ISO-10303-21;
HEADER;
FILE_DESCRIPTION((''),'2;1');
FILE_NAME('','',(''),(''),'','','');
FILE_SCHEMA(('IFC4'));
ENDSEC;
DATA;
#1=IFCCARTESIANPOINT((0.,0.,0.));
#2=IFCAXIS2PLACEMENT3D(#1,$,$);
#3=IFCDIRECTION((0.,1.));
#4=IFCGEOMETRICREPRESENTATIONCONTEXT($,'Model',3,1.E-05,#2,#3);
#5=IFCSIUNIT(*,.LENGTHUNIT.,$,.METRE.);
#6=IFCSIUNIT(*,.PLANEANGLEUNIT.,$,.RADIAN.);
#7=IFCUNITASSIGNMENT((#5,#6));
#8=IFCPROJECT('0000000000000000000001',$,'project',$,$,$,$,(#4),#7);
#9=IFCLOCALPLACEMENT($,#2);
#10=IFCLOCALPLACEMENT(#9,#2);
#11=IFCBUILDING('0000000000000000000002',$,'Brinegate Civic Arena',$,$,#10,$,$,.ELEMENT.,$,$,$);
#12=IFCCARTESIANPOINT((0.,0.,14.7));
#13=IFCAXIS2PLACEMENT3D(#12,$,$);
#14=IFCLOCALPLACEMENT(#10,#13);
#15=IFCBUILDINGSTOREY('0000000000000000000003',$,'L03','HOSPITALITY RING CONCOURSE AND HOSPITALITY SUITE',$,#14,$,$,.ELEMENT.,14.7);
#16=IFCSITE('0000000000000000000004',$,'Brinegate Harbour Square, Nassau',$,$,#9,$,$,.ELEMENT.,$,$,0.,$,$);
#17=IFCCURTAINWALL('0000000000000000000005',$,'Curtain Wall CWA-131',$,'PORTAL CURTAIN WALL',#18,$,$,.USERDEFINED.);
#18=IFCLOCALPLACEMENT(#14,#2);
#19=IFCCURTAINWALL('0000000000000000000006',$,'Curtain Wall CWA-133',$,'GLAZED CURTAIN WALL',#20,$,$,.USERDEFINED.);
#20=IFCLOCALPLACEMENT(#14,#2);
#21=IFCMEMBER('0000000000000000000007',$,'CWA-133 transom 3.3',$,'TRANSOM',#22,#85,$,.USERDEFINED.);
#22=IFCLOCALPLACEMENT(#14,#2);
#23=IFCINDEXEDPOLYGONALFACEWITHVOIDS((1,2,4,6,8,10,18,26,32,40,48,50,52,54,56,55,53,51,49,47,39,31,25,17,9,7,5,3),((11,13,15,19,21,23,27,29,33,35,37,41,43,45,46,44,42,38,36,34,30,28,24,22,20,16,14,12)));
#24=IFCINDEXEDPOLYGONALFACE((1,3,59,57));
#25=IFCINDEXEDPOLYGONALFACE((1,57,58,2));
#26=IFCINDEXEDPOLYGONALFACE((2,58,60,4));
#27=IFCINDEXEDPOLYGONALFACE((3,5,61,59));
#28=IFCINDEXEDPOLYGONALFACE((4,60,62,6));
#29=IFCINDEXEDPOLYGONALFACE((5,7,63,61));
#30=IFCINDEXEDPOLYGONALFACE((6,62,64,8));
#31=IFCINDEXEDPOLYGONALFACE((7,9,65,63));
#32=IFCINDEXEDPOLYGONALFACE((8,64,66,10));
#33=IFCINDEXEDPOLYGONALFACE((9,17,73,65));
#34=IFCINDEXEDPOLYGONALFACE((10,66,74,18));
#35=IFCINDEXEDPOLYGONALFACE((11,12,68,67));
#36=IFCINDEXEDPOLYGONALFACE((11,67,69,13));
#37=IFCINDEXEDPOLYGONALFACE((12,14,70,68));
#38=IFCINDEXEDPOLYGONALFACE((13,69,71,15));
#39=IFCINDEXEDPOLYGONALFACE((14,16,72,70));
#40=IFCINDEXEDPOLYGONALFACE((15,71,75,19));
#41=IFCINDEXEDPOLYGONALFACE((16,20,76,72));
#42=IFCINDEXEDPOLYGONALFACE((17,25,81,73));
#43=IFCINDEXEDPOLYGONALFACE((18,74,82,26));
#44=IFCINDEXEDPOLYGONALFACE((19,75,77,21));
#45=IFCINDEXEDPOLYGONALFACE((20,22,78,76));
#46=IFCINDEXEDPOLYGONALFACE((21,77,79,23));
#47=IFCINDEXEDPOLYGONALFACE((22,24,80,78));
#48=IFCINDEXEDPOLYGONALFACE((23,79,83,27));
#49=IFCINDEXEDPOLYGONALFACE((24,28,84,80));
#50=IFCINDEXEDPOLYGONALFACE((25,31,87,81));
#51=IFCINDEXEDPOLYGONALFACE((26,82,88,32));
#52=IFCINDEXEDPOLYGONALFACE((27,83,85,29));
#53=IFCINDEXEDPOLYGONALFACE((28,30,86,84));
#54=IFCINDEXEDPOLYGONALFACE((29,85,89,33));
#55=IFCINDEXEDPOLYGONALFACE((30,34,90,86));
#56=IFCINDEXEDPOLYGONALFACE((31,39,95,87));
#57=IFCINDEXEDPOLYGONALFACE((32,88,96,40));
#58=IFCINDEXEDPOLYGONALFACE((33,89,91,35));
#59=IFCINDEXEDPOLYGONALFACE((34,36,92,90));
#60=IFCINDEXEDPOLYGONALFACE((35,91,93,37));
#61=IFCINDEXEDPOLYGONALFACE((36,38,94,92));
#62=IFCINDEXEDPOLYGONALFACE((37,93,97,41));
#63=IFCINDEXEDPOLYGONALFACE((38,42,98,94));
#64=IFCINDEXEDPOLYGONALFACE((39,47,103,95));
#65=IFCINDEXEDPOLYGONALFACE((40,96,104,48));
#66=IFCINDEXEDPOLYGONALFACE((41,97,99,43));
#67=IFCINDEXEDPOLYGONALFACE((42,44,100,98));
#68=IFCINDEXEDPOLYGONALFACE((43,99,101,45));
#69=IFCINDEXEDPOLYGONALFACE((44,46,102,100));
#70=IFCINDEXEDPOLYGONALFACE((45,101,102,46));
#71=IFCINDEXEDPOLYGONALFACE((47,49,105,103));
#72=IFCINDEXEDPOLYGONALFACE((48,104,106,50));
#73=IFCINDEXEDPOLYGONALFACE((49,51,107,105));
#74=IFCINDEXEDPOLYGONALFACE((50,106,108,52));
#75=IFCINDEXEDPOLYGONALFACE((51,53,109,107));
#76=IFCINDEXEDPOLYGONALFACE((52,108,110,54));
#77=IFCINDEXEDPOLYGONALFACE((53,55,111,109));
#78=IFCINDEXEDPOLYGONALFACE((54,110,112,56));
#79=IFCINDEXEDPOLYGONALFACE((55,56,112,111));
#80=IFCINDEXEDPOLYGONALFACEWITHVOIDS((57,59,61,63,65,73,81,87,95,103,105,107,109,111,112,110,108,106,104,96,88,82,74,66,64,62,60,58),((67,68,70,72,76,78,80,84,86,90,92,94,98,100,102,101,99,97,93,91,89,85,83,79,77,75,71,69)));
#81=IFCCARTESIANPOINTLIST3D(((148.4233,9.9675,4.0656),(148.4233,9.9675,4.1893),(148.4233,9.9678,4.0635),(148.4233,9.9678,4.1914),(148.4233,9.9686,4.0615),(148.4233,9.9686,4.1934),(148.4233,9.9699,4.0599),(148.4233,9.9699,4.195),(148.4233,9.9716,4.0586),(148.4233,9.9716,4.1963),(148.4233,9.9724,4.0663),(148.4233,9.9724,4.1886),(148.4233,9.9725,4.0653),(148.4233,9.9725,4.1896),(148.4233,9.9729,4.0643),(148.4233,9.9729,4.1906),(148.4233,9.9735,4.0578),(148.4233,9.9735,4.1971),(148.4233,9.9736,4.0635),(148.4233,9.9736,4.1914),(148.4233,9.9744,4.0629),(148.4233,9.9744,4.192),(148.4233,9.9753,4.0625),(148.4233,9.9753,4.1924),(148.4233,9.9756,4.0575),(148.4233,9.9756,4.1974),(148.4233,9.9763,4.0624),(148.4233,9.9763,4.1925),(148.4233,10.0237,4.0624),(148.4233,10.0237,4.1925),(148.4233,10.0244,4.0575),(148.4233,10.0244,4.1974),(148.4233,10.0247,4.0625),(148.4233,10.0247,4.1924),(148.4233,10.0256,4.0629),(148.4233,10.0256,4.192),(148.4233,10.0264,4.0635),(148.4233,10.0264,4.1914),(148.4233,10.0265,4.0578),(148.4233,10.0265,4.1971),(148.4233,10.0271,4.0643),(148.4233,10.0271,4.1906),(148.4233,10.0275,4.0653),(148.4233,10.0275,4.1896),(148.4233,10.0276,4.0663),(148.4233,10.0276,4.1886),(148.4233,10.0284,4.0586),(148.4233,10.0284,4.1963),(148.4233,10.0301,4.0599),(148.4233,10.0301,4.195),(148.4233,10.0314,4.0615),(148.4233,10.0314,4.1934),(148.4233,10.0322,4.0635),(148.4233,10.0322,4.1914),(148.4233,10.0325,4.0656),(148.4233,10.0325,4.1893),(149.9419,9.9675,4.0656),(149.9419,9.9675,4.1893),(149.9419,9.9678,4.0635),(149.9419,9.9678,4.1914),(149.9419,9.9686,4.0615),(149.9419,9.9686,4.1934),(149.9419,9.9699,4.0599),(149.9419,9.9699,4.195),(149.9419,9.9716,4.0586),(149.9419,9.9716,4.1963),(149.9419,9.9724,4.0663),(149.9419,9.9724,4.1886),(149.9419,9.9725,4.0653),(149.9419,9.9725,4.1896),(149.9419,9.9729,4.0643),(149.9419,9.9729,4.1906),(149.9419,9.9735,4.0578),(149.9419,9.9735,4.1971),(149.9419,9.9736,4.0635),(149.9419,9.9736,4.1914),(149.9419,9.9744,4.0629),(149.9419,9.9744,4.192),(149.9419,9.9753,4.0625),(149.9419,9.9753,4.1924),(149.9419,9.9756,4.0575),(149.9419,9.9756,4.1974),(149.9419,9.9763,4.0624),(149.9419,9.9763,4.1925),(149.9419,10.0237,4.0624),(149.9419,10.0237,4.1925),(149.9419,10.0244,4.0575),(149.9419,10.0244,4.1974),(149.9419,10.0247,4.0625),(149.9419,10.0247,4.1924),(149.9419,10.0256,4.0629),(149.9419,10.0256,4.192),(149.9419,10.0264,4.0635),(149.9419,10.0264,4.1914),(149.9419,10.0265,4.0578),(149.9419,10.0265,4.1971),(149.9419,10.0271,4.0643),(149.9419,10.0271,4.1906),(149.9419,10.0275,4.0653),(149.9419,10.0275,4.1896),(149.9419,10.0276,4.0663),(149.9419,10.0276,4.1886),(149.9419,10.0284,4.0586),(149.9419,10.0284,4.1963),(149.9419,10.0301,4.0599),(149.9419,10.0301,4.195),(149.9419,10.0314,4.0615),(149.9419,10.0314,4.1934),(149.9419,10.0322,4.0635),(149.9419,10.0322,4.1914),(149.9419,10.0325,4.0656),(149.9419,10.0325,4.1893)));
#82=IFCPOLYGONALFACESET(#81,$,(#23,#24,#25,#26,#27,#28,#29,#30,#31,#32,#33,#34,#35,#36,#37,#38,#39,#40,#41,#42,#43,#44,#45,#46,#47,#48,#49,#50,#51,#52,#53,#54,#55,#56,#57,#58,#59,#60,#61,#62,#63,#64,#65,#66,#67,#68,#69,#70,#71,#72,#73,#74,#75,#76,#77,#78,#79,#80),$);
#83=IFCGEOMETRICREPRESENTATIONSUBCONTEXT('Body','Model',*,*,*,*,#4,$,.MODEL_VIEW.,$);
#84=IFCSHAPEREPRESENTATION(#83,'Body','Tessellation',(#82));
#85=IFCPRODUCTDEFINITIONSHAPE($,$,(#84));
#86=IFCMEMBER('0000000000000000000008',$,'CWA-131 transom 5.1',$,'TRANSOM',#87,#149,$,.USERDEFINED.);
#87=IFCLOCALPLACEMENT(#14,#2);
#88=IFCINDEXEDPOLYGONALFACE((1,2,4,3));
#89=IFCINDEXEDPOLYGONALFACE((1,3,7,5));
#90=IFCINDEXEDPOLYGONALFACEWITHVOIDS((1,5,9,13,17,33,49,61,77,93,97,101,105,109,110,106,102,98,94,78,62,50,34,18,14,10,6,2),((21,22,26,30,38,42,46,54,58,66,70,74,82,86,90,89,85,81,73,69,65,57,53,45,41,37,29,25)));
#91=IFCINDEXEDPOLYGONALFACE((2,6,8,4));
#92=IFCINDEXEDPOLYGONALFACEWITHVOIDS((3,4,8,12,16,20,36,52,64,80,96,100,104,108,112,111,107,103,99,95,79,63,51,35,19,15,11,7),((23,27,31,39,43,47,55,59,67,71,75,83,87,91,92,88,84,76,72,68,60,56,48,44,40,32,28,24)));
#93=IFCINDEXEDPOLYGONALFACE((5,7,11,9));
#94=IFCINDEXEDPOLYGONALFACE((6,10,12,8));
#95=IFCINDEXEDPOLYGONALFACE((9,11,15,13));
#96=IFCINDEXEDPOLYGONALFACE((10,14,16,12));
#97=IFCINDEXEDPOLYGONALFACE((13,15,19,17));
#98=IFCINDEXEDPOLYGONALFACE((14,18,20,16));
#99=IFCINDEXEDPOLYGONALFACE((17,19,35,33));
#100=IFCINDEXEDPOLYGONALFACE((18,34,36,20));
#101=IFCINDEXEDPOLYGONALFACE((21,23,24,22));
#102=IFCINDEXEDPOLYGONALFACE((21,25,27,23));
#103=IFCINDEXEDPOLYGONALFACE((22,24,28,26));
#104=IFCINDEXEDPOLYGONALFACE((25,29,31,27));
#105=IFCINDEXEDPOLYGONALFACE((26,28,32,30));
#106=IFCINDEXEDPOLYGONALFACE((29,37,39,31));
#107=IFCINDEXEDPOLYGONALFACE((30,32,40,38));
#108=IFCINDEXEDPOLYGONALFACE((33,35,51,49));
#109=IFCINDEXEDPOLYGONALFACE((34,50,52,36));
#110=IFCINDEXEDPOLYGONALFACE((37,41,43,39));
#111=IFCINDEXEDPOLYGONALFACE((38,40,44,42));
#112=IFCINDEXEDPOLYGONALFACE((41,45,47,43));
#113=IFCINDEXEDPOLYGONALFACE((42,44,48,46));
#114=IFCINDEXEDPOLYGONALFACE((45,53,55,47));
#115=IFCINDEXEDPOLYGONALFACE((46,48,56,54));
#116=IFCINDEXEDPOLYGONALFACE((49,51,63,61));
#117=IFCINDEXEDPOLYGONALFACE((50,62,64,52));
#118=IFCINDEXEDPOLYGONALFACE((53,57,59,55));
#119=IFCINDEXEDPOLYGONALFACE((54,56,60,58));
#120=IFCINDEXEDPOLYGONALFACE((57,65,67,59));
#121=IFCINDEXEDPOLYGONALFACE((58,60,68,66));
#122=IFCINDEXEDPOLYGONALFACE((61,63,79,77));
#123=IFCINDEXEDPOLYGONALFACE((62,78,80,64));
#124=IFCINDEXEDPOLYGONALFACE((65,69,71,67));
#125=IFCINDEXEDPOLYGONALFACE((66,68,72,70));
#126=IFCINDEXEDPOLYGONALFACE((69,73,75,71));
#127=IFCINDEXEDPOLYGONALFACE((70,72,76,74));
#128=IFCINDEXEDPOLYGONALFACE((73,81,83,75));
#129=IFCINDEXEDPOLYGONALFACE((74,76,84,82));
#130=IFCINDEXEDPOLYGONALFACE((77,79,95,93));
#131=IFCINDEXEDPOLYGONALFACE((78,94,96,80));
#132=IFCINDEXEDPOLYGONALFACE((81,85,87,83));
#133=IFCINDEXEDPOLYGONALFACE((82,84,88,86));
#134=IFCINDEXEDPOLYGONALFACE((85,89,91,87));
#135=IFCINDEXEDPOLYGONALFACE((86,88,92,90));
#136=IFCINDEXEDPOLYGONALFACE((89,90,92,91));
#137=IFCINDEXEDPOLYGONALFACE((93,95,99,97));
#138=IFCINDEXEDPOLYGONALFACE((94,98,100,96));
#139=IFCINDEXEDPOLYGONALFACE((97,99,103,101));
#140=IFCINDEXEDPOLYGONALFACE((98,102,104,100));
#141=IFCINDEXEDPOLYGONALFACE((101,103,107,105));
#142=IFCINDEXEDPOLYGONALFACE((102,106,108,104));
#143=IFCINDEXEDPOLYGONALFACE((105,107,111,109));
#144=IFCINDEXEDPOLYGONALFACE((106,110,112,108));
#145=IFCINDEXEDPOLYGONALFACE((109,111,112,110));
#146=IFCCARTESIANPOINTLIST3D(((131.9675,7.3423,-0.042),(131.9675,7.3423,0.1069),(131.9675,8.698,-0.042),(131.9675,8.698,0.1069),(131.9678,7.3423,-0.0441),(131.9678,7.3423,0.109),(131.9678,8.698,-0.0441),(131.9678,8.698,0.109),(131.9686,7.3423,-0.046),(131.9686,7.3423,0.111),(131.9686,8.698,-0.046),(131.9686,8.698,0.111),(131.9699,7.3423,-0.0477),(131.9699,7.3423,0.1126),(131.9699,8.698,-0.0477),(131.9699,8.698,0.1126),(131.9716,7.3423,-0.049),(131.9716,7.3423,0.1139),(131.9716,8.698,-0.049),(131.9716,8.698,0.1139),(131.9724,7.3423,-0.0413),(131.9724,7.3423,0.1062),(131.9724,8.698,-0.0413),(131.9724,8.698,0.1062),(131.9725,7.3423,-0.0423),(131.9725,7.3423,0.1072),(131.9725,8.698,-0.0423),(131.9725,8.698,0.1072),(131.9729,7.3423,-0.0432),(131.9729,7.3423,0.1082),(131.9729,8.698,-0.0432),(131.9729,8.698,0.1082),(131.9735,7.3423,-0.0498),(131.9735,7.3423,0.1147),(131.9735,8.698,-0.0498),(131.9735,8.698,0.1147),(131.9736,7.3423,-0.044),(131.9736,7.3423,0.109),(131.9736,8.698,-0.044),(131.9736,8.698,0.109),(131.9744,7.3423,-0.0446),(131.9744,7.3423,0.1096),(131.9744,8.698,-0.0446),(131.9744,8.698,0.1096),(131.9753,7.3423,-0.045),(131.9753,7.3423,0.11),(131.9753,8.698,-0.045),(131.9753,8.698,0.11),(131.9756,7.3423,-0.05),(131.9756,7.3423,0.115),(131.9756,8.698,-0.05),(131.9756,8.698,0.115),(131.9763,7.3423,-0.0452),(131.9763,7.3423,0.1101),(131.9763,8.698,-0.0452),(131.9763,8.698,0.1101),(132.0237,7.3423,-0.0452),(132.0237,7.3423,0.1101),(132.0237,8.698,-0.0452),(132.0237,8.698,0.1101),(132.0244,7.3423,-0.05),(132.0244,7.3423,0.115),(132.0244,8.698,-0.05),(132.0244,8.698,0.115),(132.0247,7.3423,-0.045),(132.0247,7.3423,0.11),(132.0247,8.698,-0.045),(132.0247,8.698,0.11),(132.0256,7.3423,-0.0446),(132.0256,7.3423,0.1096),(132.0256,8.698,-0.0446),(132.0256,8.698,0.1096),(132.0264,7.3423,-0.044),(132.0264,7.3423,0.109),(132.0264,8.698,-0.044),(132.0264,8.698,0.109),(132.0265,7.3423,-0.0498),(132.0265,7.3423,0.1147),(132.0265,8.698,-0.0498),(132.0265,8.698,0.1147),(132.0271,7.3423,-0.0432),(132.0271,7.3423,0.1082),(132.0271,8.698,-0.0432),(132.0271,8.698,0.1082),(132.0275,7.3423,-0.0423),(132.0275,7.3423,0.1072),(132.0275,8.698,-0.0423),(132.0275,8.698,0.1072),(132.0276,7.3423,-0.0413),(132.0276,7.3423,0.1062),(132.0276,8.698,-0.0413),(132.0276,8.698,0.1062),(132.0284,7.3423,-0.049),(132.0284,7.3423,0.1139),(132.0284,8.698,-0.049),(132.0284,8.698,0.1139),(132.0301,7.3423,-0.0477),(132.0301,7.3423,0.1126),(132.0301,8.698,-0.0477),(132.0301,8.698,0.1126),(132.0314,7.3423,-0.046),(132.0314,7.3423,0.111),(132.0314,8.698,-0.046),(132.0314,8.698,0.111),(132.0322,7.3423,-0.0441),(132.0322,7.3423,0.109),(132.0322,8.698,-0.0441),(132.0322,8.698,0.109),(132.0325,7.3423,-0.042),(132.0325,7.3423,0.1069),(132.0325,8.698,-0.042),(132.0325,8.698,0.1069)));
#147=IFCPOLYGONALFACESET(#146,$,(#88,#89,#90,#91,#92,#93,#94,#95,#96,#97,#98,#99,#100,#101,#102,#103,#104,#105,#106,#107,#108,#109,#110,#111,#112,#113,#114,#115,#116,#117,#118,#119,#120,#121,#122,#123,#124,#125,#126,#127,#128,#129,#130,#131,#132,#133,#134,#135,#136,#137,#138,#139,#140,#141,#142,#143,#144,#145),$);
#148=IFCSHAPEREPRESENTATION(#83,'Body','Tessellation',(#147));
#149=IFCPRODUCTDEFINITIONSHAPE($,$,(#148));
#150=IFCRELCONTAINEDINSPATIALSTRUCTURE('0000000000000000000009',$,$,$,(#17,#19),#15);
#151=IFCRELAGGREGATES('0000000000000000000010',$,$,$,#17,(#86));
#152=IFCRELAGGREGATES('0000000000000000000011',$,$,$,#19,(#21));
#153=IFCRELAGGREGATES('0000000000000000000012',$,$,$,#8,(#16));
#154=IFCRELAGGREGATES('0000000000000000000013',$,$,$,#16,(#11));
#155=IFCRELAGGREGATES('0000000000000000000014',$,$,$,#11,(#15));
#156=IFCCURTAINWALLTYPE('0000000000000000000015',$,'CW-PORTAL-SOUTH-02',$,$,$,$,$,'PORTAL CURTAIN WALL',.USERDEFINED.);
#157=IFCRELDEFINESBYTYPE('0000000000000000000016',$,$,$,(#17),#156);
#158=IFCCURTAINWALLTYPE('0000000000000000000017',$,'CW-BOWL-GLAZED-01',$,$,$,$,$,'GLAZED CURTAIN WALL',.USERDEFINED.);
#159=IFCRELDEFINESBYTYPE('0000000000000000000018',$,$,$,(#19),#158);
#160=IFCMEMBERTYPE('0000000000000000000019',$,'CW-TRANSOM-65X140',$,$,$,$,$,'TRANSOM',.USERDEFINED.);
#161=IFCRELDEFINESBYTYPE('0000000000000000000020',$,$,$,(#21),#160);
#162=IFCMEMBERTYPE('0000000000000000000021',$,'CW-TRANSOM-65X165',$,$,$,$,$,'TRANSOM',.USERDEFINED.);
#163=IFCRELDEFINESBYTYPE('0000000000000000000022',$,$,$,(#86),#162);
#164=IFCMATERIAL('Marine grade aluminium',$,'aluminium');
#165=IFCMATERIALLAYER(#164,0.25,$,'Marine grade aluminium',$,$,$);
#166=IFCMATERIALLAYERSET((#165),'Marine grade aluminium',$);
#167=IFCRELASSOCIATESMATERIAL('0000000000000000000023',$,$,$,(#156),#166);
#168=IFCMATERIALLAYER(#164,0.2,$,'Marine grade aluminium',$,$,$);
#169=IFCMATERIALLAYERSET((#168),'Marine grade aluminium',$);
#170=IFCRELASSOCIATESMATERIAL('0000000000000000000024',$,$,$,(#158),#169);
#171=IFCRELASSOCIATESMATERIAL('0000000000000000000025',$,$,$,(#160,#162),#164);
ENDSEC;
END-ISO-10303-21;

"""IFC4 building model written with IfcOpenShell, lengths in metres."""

from ifc_helpers import new_model, si_unit, direction, frame, origin, origin_2d, place, context, subcontext, project, spatial, hollow_rectangle, extrude, material, layer, layer_set, material_profile, profile_set, type_object, element, aggregate, save


model = new_model("IFC4")

# Units and contexts
model_context = context("Model", 3, precision=1e-05, world=origin(), true_north=direction((0.0, 1.0)))
body_context = subcontext(model_context, "Body", "Model", "MODEL_VIEW")
ifc_project = project(units=[si_unit("LENGTHUNIT", "METRE"), si_unit("PLANEANGLEUNIT", "RADIAN")], contexts=[model_context])

# Site, building, storey
site_placement = place(None, origin())
site = spatial("IfcSite", under=ifc_project, at=site_placement, Name="Brinegate Harbour Square, Nassau", CompositionType="ELEMENT", RefElevation=0.0)
building_placement = place(site_placement, origin())
building = spatial("IfcBuilding", under=site, at=building_placement, Name="Brinegate Civic Arena", CompositionType="ELEMENT")
storey_placement = place(building_placement, frame((0.0, 0.0, 14.7)))
storey = spatial("IfcBuildingStorey", under=building, at=storey_placement, Name="L03", Description="HOSPITALITY RING CONCOURSE AND HOSPITALITY SUITE", CompositionType="ELEMENT", Elevation=14.7)

# Curtain walls, member
ifc_material_1 = material(Name="Marine grade aluminium", Category="aluminium")
ifc_layer_1 = layer(ifc_material_1, 0.25, Name="Marine grade aluminium")
ifc_layer_set_1 = layer_set([ifc_layer_1], Name="Marine grade aluminium")
curtain_wall_type_1 = type_object("IfcCurtainWallType", Name="CW-PORTAL-SOUTH-02", ElementType="PORTAL CURTAIN WALL", PredefinedType="USERDEFINED", material=ifc_layer_set_1)
curtain_wall_1_placement = place(storey_placement, origin())
curtain_wall_1 = element("IfcCurtainWall", 1, at=curtain_wall_1_placement, inside=storey, type_object=curtain_wall_type_1, Name="Curtain Wall CWA-131", ObjectType="PORTAL CURTAIN WALL", PredefinedType="USERDEFINED")
ifc_layer_2 = layer(ifc_material_1, 0.2, Name="Marine grade aluminium")
ifc_layer_set_2 = layer_set([ifc_layer_2], Name="Marine grade aluminium")
curtain_wall_type_2 = type_object("IfcCurtainWallType", Name="CW-BOWL-GLAZED-01", ElementType="GLAZED CURTAIN WALL", PredefinedType="USERDEFINED", material=ifc_layer_set_2)
curtain_wall_2_placement = place(storey_placement, origin())
curtain_wall_2 = element("IfcCurtainWall", 2, at=curtain_wall_2_placement, inside=storey, type_object=curtain_wall_type_2, Name="Curtain Wall CWA-133", ObjectType="GLAZED CURTAIN WALL", PredefinedType="USERDEFINED")
ifc_material_profile_1 = material_profile(ifc_material_1, hollow_rectangle(XDim=0.0649, YDim=0.1399, WallThickness=0.0049, InnerFilletRadius=0.0039, OuterFilletRadius=0.0081, at=origin_2d()), Name="TRN65X140")
ifc_profile_set_1 = profile_set([ifc_material_profile_1], Name="Marine grade aluminium")
member_type_1 = type_object("IfcMemberType", Name="CW-TRANSOM-65X140", ElementType="TRANSOM", PredefinedType="USERDEFINED", material=ifc_profile_set_1)
member_1_placement = place(storey_placement, frame((148.4233, 10.0, 4.1274), z_axis=(1.0, 0.0, 0.0), x_axis=(0.0, 1.0, 0.0)))
member_1 = element("IfcMember", 3, at=member_1_placement, type_object=member_type_1, Name="CWA-133 transom 3.3", ObjectType="TRANSOM", PredefinedType="USERDEFINED", context=body_context, shape_type="SweptSolid", body=[
    extrude(hollow_rectangle(XDim=0.0649, YDim=0.1399, WallThickness=0.0049, InnerFilletRadius=0.0039, OuterFilletRadius=0.0081, at=origin_2d()), origin(), (0.0, 0.0, 1.0), 1.5186),
])

# Member
ifc_material_profile_2 = material_profile(ifc_material_1, hollow_rectangle(XDim=0.0649, YDim=0.165, WallThickness=0.0049, InnerFilletRadius=0.0039, OuterFilletRadius=0.0081, at=origin_2d()), Name="TRN65X165")
ifc_profile_set_2 = profile_set([ifc_material_profile_2], Name="Marine grade aluminium")
member_type_2 = type_object("IfcMemberType", Name="CW-TRANSOM-65X165", ElementType="TRANSOM", PredefinedType="USERDEFINED", material=ifc_profile_set_2)
member_2_placement = place(storey_placement, frame((132.0, 7.3423, 0.0325), z_axis=(0.0, 1.0, 0.0), x_axis=(-1.0, 0.0, 0.0)))
member_2 = element("IfcMember", 4, at=member_2_placement, type_object=member_type_2, Name="CWA-131 transom 5.1", ObjectType="TRANSOM", PredefinedType="USERDEFINED", context=body_context, shape_type="SweptSolid", body=[
    extrude(hollow_rectangle(XDim=0.0649, YDim=0.165, WallThickness=0.0049, InnerFilletRadius=0.0039, OuterFilletRadius=0.0081, at=origin_2d()), origin(), (0.0, 0.0, 1.0), 1.3557),
])

aggregate(curtain_wall_1, [member_2])
aggregate(curtain_wall_2, [member_1])

save(model, "model.ifc")
